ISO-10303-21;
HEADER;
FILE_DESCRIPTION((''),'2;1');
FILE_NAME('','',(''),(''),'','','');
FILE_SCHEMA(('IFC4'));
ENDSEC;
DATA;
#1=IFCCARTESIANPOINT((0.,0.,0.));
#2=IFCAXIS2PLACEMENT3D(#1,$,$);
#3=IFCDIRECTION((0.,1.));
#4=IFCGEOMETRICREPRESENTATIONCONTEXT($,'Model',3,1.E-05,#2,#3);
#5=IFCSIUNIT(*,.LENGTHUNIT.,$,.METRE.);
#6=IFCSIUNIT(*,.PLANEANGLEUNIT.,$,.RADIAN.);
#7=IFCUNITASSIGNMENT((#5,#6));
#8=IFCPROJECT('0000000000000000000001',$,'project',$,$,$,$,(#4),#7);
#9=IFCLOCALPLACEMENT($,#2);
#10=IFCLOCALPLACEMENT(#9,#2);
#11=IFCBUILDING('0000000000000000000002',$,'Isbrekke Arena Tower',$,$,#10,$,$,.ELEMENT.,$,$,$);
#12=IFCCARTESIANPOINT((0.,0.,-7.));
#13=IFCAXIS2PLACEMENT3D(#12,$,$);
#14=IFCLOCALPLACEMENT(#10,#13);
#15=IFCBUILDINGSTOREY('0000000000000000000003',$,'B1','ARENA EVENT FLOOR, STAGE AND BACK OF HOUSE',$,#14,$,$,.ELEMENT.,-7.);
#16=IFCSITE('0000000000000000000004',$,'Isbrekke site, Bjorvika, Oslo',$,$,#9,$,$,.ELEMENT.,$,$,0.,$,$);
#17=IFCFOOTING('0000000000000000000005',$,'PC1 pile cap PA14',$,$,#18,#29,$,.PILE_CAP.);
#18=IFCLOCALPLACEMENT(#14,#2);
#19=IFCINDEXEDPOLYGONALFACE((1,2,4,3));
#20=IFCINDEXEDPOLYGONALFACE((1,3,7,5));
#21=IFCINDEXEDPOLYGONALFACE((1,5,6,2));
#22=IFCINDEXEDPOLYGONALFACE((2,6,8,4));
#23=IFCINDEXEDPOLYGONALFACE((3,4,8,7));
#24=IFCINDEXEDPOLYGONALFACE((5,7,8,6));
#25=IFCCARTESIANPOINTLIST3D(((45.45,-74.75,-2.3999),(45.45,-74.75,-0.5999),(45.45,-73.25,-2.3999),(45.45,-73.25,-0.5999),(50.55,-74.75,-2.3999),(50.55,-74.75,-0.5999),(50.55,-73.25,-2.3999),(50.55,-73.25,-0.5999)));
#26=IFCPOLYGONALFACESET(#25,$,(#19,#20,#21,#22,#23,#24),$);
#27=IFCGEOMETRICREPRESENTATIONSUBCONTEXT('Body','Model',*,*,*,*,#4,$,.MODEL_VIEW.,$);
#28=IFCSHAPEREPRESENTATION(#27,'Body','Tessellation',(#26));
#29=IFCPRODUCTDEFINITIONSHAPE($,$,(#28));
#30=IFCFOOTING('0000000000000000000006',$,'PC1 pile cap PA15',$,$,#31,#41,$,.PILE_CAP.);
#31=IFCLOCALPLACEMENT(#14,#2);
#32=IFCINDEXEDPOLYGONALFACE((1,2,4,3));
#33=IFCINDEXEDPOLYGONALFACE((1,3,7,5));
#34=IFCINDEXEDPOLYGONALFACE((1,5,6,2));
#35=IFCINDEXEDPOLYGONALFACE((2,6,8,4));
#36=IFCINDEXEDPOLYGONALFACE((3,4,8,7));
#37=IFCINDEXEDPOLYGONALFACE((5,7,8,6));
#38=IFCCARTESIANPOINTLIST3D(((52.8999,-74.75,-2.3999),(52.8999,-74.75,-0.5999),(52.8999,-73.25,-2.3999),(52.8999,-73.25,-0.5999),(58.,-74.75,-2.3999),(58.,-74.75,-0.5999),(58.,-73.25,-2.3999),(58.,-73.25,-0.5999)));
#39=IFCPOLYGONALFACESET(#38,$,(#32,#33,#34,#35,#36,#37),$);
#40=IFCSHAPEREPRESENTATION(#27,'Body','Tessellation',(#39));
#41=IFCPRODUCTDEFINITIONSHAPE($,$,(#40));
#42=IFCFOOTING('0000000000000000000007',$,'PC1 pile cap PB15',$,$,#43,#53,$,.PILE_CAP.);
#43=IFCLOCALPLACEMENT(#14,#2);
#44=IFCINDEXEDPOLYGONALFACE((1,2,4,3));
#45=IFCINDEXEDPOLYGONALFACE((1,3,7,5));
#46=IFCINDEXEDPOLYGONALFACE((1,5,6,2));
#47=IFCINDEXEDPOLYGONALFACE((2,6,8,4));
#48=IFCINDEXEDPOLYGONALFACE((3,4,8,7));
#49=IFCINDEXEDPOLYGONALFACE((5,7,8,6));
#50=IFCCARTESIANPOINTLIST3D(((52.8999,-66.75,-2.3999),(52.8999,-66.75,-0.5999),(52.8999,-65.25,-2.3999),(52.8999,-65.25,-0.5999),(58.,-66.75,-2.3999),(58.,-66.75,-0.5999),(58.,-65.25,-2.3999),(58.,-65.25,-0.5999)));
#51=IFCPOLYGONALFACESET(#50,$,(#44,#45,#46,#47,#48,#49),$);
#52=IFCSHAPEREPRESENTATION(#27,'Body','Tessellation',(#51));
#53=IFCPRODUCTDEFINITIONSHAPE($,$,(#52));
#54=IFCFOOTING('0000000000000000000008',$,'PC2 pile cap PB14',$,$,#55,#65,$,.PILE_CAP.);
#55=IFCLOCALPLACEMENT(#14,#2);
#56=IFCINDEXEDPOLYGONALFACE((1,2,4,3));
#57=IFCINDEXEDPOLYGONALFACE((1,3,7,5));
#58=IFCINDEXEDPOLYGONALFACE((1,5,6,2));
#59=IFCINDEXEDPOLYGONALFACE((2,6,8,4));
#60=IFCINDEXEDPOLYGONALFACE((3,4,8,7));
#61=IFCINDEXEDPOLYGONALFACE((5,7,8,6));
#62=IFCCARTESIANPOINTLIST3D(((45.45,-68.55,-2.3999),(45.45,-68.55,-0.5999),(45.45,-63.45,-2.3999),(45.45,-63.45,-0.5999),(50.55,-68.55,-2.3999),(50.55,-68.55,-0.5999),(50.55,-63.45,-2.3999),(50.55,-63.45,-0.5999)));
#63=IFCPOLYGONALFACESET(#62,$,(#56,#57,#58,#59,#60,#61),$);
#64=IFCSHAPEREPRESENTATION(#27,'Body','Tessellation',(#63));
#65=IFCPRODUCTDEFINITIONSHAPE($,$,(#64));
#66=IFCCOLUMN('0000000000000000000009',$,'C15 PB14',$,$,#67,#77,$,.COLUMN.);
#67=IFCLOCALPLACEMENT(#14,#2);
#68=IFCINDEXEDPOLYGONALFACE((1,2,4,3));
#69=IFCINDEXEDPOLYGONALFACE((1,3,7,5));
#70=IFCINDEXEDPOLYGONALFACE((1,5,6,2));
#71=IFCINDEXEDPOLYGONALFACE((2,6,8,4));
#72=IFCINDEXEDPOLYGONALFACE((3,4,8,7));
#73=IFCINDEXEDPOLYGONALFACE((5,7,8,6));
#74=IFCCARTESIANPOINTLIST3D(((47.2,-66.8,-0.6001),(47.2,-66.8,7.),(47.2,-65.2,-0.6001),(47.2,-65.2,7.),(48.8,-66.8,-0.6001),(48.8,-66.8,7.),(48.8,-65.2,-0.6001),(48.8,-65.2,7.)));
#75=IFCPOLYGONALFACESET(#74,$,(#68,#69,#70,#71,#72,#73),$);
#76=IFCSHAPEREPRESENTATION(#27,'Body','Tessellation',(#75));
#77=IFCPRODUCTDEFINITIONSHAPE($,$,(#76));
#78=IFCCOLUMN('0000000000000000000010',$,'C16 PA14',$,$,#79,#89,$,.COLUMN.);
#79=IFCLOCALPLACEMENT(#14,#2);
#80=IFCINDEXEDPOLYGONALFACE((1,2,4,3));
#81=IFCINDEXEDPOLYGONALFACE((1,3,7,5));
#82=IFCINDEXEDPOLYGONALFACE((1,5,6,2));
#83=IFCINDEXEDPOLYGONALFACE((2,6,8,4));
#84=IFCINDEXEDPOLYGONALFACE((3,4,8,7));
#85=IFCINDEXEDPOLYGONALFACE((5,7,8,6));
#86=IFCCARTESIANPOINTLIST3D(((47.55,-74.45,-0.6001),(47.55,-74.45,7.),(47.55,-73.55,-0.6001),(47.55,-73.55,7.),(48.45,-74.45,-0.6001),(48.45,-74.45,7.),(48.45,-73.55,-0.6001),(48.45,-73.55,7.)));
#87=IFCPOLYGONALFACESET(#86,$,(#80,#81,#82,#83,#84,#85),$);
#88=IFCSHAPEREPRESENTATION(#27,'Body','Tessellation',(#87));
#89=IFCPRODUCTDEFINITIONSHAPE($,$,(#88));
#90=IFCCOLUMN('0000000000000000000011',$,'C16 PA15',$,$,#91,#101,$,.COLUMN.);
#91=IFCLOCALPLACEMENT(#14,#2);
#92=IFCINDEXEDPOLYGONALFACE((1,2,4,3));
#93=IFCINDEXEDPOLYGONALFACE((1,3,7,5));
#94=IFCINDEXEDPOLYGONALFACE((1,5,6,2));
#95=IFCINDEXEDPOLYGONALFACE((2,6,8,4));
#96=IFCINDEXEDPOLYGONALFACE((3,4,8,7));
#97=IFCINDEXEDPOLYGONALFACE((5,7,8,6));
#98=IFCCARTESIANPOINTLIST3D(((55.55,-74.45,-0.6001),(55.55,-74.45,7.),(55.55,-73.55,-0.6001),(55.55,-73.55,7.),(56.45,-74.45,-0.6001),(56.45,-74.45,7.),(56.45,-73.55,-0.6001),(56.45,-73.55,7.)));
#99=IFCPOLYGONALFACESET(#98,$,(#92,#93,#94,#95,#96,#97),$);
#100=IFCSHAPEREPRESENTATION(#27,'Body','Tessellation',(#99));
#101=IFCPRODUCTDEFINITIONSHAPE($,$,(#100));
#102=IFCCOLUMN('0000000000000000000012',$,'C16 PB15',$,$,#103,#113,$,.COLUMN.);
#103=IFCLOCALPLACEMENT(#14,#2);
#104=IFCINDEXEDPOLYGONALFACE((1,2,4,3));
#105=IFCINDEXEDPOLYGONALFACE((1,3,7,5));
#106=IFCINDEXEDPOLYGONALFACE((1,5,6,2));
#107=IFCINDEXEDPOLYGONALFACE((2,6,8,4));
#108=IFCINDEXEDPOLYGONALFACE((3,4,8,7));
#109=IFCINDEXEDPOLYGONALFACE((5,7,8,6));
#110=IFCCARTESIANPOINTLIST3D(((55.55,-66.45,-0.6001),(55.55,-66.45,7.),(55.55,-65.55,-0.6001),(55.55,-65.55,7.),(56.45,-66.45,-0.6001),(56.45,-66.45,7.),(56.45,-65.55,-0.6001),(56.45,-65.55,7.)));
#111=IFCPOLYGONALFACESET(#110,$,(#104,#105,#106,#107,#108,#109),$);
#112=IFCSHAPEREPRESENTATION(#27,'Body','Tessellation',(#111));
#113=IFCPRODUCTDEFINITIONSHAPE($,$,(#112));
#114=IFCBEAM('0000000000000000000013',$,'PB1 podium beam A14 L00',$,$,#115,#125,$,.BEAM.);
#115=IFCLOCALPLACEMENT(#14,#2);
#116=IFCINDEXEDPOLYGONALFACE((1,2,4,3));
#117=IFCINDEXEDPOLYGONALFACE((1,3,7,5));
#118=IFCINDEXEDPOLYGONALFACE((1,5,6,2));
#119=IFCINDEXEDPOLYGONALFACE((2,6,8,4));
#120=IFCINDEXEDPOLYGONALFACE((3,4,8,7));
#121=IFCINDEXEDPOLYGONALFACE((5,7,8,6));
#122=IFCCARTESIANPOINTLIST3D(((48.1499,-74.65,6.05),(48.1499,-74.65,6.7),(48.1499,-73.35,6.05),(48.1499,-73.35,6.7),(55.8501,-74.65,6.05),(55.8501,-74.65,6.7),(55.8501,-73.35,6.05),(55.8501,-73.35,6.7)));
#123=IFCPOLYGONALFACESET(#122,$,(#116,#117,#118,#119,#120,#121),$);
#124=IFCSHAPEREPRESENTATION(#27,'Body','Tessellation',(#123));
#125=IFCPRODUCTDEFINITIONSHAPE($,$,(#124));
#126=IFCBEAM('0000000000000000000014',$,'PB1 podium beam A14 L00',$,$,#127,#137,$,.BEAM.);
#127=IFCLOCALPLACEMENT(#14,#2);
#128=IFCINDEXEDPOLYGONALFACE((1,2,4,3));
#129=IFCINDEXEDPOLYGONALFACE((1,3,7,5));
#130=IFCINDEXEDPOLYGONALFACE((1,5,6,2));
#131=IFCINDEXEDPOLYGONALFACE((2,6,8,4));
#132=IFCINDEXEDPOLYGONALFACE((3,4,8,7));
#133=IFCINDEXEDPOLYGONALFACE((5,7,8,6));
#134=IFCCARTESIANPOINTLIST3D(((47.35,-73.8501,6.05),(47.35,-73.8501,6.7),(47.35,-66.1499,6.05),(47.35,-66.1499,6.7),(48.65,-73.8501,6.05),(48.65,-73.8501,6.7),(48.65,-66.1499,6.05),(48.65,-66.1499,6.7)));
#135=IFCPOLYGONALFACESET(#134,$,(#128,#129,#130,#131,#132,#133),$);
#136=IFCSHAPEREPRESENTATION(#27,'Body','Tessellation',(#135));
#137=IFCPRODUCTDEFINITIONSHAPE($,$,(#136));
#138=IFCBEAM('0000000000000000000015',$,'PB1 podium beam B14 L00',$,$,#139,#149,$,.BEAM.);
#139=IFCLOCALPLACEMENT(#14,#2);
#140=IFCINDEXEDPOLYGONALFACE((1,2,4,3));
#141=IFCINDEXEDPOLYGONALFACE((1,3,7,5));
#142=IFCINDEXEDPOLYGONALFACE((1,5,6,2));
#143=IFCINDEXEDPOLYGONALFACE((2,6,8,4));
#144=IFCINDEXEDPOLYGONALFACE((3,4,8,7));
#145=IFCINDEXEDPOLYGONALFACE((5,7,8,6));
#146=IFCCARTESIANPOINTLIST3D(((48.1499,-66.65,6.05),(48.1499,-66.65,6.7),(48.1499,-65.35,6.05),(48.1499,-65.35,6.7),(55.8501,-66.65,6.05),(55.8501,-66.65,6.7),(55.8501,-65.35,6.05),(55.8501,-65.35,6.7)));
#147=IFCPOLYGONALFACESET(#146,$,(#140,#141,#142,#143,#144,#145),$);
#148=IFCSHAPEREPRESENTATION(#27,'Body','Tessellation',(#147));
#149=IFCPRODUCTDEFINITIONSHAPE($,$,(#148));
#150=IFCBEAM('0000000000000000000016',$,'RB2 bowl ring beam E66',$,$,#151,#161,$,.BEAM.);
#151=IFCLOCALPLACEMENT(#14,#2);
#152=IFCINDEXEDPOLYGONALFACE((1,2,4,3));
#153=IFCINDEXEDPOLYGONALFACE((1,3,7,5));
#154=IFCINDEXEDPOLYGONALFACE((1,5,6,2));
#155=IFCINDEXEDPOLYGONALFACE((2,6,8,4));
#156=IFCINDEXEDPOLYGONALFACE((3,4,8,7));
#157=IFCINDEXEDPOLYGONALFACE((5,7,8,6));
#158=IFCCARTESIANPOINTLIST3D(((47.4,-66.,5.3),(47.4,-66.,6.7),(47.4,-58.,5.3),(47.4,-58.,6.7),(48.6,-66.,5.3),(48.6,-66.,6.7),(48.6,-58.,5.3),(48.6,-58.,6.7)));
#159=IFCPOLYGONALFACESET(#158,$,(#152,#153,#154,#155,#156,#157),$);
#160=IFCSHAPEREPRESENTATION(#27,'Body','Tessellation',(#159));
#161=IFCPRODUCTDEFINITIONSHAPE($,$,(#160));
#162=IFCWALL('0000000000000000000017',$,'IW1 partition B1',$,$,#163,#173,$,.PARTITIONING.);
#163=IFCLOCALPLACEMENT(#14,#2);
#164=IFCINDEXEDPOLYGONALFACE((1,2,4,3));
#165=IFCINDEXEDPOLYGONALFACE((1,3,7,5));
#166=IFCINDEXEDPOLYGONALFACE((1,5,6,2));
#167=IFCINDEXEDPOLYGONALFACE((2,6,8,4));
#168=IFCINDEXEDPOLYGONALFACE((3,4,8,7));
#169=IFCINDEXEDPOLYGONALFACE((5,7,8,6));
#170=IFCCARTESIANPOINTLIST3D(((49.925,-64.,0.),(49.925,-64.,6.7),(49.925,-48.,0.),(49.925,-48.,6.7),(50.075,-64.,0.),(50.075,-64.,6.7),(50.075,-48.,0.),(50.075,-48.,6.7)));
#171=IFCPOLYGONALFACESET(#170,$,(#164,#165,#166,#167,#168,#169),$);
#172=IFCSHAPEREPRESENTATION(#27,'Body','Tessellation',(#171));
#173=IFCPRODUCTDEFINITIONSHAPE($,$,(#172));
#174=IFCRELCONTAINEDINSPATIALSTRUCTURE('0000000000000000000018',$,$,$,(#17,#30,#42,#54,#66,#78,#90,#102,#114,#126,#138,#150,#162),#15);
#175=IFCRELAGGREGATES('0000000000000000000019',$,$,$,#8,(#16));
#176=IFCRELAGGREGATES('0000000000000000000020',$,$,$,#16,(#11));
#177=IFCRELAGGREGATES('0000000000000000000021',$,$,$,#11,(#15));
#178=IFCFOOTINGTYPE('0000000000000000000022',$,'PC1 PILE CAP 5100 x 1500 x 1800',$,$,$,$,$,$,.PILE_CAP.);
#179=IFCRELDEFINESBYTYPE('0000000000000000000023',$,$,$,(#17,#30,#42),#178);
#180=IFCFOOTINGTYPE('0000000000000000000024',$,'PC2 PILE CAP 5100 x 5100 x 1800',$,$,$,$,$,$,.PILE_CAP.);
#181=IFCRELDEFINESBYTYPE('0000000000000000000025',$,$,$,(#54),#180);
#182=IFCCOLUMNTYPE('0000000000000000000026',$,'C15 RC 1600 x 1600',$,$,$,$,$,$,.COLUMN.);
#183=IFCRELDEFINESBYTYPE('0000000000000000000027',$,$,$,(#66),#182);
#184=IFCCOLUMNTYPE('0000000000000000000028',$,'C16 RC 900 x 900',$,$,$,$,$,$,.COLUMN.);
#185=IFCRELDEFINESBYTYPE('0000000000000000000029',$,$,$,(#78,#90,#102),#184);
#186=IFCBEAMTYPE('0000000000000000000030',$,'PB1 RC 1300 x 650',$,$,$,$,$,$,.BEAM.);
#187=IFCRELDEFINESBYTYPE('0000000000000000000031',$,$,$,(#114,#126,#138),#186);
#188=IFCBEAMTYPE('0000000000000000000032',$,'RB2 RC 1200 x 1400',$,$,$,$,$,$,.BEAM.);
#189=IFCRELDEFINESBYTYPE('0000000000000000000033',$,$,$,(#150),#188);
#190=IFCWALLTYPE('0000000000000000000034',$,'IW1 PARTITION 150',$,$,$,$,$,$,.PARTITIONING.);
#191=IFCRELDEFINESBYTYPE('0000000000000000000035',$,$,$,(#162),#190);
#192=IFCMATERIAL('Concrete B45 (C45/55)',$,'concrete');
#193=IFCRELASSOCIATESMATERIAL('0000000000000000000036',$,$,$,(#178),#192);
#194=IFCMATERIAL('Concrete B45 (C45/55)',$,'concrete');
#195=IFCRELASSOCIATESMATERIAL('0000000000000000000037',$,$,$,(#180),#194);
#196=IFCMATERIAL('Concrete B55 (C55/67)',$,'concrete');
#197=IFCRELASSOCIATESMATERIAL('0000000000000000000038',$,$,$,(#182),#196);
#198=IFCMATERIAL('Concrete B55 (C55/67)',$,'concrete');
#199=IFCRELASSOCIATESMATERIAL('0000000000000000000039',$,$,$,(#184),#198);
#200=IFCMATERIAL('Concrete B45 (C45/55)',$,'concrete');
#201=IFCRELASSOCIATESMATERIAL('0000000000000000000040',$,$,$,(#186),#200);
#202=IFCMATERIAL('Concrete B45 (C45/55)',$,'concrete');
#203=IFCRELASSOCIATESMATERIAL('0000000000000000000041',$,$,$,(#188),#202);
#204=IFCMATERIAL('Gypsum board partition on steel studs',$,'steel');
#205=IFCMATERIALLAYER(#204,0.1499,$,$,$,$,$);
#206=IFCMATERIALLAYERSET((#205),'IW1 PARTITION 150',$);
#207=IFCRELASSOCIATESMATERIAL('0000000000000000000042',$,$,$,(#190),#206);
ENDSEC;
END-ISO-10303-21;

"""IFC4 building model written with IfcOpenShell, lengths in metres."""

from ifc_helpers import new_model, si_unit, direction, frame, frame_2d, origin, origin_2d, place, context, subcontext, project, spatial, rectangle, extrude, material, layer, layer_set, material_profile, profile_set, type_object, element, save


model = new_model("IFC4")

# Units and contexts
model_context = context("Model", 3, precision=1e-05, world=origin(), true_north=direction((0.0, 1.0)))
body_context = subcontext(model_context, "Body", "Model", "MODEL_VIEW")
ifc_project = project(units=[si_unit("LENGTHUNIT", "METRE"), si_unit("PLANEANGLEUNIT", "RADIAN")], contexts=[model_context])

# Site, building, storey
site_placement = place(None, origin())
site = spatial("IfcSite", under=ifc_project, at=site_placement, Name="Isbrekke site, Bjorvika, Oslo", CompositionType="ELEMENT", RefElevation=0.0)
building_placement = place(site_placement, origin())
building = spatial("IfcBuilding", under=site, at=building_placement, Name="Isbrekke Arena Tower", CompositionType="ELEMENT")
storey_placement = place(building_placement, frame((0.0, 0.0, -7.0)))
storey = spatial("IfcBuildingStorey", under=building, at=storey_placement, Name="B1", Description="ARENA EVENT FLOOR, STAGE AND BACK OF HOUSE", CompositionType="ELEMENT", Elevation=-7.0)

# Footings
ifc_material_1 = material(Name="Concrete B45 (C45/55)", Category="concrete")
footing_type_1 = type_object("IfcFootingType", Name="PC1 PILE CAP 5100 x 1500 x 1800", PredefinedType="PILE_CAP", material=ifc_material_1)
for number, where, z_axis, x_axis, name in (
    (1, (48.0, -74.0, -2.3999), (0.0, 0.0, 1.0), (1.0, 0.0, 0.0), "PC1 pile cap PA14"),
    (2, (55.45, -74.0, -2.3999), (0.0, 0.0, 1.0), (1.0, 0.0, 0.0), "PC1 pile cap PA15"),
    (3, (55.45, -66.0, -2.3999), (0.0, 0.0, 1.0), (1.0, 0.0, 0.0), "PC1 pile cap PB15"),
):
    element("IfcFooting", number, at=place(storey_placement, frame(where, z_axis=z_axis, x_axis=x_axis)), inside=storey, type_object=footing_type_1, Name=name, PredefinedType="PILE_CAP", context=body_context, shape_type="SweptSolid", body=[
        extrude(rectangle(XDim=5.1001, YDim=1.5, at=origin_2d()), origin(), (0.0, 0.0, 1.0), 1.8),
    ])
ifc_material_2 = material(Name="Concrete B45 (C45/55)", Category="concrete")
footing_type_2 = type_object("IfcFootingType", Name="PC2 PILE CAP 5100 x 5100 x 1800", PredefinedType="PILE_CAP", material=ifc_material_2)
footing_placement = place(storey_placement, frame((48.0, -66.0, -2.3999), z_axis=(0.0, 0.0, 1.0), x_axis=(1.0, 0.0, 0.0)))
element("IfcFooting", 4, at=footing_placement, inside=storey, type_object=footing_type_2, Name="PC2 pile cap PB14", PredefinedType="PILE_CAP", context=body_context, shape_type="SweptSolid", body=[
    extrude(rectangle(XDim=5.1001, YDim=5.1001, at=origin_2d()), origin(), (0.0, 0.0, 1.0), 1.8),
])

# Columns
ifc_material_3 = material(Name="Concrete B55 (C55/67)", Category="concrete")
ifc_material_profile_1 = material_profile(ifc_material_3, rectangle(XDim=1.6001, YDim=1.6001, at=origin_2d()), Name="RC 1600x1600")
ifc_profile_set_1 = profile_set([ifc_material_profile_1], Name="Concrete B55 (C55/67)")
column_type_1 = type_object("IfcColumnType", Name="C15 RC 1600 x 1600", PredefinedType="COLUMN", material=ifc_profile_set_1)
column_placement = place(storey_placement, frame((48.0, -66.0, -0.6001), z_axis=(0.0, 0.0, 1.0), x_axis=(1.0, 0.0, 0.0)))
element("IfcColumn", 5, at=column_placement, inside=storey, type_object=column_type_1, Name="C15 PB14", PredefinedType="COLUMN", context=body_context, shape_type="SweptSolid", body=[
    extrude(rectangle(XDim=1.6001, YDim=1.6001, at=origin_2d()), origin(), (0.0, 0.0, 1.0), 7.6001),
])
ifc_material_4 = material(Name="Concrete B55 (C55/67)", Category="concrete")
ifc_material_profile_2 = material_profile(ifc_material_4, rectangle(XDim=0.8999, YDim=0.8999, at=origin_2d()), Name="RC 900x900")
ifc_profile_set_2 = profile_set([ifc_material_profile_2], Name="Concrete B55 (C55/67)")
column_type_2 = type_object("IfcColumnType", Name="C16 RC 900 x 900", PredefinedType="COLUMN", material=ifc_profile_set_2)
for number, where, z_axis, x_axis, name in (
    (6, (48.0, -74.0, -0.6001), (0.0, 0.0, 1.0), (1.0, 0.0, 0.0), "C16 PA14"),
    (7, (56.0, -74.0, -0.6001), (0.0, 0.0, 1.0), (1.0, 0.0, 0.0), "C16 PA15"),
    (8, (56.0, -66.0, -0.6001), (0.0, 0.0, 1.0), (1.0, 0.0, 0.0), "C16 PB15"),
):
    element("IfcColumn", number, at=place(storey_placement, frame(where, z_axis=z_axis, x_axis=x_axis)), inside=storey, type_object=column_type_2, Name=name, PredefinedType="COLUMN", context=body_context, shape_type="SweptSolid", body=[
        extrude(rectangle(XDim=0.8999, YDim=0.8999, at=origin_2d()), origin(), (0.0, 0.0, 1.0), 7.6001),
    ])

# Beams
ifc_material_5 = material(Name="Concrete B45 (C45/55)", Category="concrete")
ifc_material_profile_3 = material_profile(ifc_material_5, rectangle(XDim=1.3, YDim=0.6499, at=origin_2d()), Name="RC 1300x650")
ifc_profile_set_3 = profile_set([ifc_material_profile_3], Name="Concrete B45 (C45/55)")
beam_type_1 = type_object("IfcBeamType", Name="PB1 RC 1300 x 650", PredefinedType="BEAM", material=ifc_profile_set_3)
for number, where, z_axis, x_axis, name in (
    (9, (48.1499, -74.0, 6.375), (1.0, 0.0, 0.0), (0.0, 1.0, 0.0), "PB1 podium beam A14 L00"),
    (10, (48.0, -73.8501, 6.375), (0.0, 1.0, 0.0), (-1.0, 0.0, 0.0), "PB1 podium beam A14 L00"),
    (11, (48.1499, -66.0, 6.375), (1.0, 0.0, 0.0), (0.0, 1.0, 0.0), "PB1 podium beam B14 L00"),
):
    element("IfcBeam", number, at=place(storey_placement, frame(where, z_axis=z_axis, x_axis=x_axis)), inside=storey, type_object=beam_type_1, Name=name, PredefinedType="BEAM", context=body_context, shape_type="SweptSolid", body=[
        extrude(rectangle(XDim=1.3, YDim=0.6499, at=origin_2d()), origin(), (0.0, 0.0, 1.0), 7.7002),
    ])
ifc_material_6 = material(Name="Concrete B45 (C45/55)", Category="concrete")
ifc_material_profile_4 = material_profile(ifc_material_6, rectangle(XDim=1.2, YDim=1.3999, at=origin_2d()), Name="RC 1200x1400")
ifc_profile_set_4 = profile_set([ifc_material_profile_4], Name="Concrete B45 (C45/55)")
beam_type_2 = type_object("IfcBeamType", Name="RB2 RC 1200 x 1400", PredefinedType="BEAM", material=ifc_profile_set_4)
beam_placement = place(storey_placement, frame((48.0, -66.0, 6.0), z_axis=(0.0, 1.0, 0.0), x_axis=(-1.0, 0.0, 0.0)))
element("IfcBeam", 12, at=beam_placement, inside=storey, type_object=beam_type_2, Name="RB2 bowl ring beam E66", PredefinedType="BEAM", context=body_context, shape_type="SweptSolid", body=[
    extrude(rectangle(XDim=1.2, YDim=1.3999, at=origin_2d()), origin(), (0.0, 0.0, 1.0), 8.0),
])

# Wall
ifc_material_7 = material(Name="Gypsum board partition on steel studs", Category="steel")
ifc_layer_1 = layer(ifc_material_7, 0.1499)
ifc_layer_set_1 = layer_set([ifc_layer_1], Name="IW1 PARTITION 150")
wall_type_1 = type_object("IfcWallType", Name="IW1 PARTITION 150", PredefinedType="PARTITIONING", material=ifc_layer_set_1)
wall_1_placement = place(storey_placement, frame((50.0, -64.0, 0.0), z_axis=(0.0, 0.0, 1.0), x_axis=(0.0, 1.0, 0.0)))
element("IfcWall", 13, at=wall_1_placement, inside=storey, type_object=wall_type_1, Name="IW1 partition B1", PredefinedType="PARTITIONING", context=body_context, shape_type="SweptSolid", body=[
    extrude(rectangle(XDim=16.0, YDim=0.1499, at=frame_2d((8.0, 0.0))), origin(), (0.0, 0.0, 1.0), 6.7),
])

save(model, "model.ifc")
